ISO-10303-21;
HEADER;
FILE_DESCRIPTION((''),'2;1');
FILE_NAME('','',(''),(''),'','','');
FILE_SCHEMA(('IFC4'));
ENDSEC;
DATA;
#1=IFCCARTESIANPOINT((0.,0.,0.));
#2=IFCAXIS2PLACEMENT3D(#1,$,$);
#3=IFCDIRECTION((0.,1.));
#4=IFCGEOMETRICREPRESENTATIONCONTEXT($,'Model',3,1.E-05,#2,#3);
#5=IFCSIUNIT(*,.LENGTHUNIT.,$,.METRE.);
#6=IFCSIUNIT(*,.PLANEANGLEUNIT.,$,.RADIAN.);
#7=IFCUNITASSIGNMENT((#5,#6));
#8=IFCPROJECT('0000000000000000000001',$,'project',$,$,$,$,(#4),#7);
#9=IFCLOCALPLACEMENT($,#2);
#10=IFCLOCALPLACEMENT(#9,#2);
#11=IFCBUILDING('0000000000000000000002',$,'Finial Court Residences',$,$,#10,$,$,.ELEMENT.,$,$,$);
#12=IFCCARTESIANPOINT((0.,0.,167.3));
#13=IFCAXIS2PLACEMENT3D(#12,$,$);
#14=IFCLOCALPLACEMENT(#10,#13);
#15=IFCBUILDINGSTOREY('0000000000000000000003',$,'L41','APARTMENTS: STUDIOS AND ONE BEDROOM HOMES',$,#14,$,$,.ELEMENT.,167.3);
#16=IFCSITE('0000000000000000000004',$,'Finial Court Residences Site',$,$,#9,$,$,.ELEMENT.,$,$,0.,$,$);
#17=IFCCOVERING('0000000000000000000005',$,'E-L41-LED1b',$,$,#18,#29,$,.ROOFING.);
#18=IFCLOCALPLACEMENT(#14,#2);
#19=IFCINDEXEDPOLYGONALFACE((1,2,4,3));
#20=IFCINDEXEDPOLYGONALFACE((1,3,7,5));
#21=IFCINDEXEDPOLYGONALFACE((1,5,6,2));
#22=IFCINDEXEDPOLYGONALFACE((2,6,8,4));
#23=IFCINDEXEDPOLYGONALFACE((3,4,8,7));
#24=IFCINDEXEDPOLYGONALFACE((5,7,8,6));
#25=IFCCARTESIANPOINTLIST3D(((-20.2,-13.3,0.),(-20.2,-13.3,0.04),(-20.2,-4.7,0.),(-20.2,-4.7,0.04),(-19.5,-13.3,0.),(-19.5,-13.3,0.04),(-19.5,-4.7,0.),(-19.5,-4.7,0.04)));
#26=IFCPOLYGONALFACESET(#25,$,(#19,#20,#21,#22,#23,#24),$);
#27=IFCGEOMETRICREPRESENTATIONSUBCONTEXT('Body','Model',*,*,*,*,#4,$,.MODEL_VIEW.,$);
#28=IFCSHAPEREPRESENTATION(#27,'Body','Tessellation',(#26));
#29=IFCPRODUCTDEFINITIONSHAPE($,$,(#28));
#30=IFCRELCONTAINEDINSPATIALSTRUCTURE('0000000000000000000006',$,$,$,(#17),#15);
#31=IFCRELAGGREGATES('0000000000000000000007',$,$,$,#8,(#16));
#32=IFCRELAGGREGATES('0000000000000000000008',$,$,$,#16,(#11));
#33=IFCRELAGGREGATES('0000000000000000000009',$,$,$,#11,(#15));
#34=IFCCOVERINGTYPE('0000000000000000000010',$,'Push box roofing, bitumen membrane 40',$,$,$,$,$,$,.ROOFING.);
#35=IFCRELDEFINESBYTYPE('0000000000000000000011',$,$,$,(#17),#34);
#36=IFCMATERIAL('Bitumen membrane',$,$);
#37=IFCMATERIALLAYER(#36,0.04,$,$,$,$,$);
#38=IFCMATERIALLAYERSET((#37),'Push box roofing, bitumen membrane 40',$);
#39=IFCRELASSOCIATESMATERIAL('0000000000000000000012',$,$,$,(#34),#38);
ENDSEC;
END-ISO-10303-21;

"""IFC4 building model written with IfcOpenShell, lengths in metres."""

from ifc_helpers import new_model, si_unit, direction, frame, origin, place, context, subcontext, project, spatial, polyline, outline, extrude, material, layer, layer_set, type_object, element, save


model = new_model("IFC4")

# Units and contexts
model_context = context("Model", 3, precision=1e-05, world=origin(), true_north=direction((0.0, 1.0)))
body_context = subcontext(model_context, "Body", "Model", "MODEL_VIEW")
ifc_project = project(units=[si_unit("LENGTHUNIT", "METRE"), si_unit("PLANEANGLEUNIT", "RADIAN")], contexts=[model_context])

# Site, building, storey
site_placement = place(None, origin())
site = spatial("IfcSite", under=ifc_project, at=site_placement, Name="Finial Court Residences Site", CompositionType="ELEMENT", RefElevation=0.0)
building_placement = place(site_placement, origin())
building = spatial("IfcBuilding", under=site, at=building_placement, Name="Finial Court Residences", CompositionType="ELEMENT")
storey_placement = place(building_placement, frame((0.0, 0.0, 167.3)))
storey = spatial("IfcBuildingStorey", under=building, at=storey_placement, Name="L41", Description="APARTMENTS: STUDIOS AND ONE BEDROOM HOMES", CompositionType="ELEMENT", Elevation=167.3)

# Covering
ifc_material_1 = material(Name="Bitumen membrane")
ifc_layer_1 = layer(ifc_material_1, 0.04)
ifc_layer_set_1 = layer_set([ifc_layer_1], Name="Push box roofing, bitumen membrane 40")
covering_type_1 = type_object("IfcCoveringType", Name="Push box roofing, bitumen membrane 40", PredefinedType="ROOFING", material=ifc_layer_set_1)
covering_1_placement = place(storey_placement, origin())
element("IfcCovering", 1, at=covering_1_placement, inside=storey, type_object=covering_type_1, Name="E-L41-LED1b", PredefinedType="ROOFING", context=body_context, shape_type="SweptSolid", body=[
    extrude(outline(polyline([(-19.5, -13.3), (-20.2, -13.3), (-20.2, -4.7), (-19.5, -4.7), (-19.5, -13.3)])), origin(), (0.0, 0.0, 1.0), 0.04),
])

save(model, "model.ifc")
